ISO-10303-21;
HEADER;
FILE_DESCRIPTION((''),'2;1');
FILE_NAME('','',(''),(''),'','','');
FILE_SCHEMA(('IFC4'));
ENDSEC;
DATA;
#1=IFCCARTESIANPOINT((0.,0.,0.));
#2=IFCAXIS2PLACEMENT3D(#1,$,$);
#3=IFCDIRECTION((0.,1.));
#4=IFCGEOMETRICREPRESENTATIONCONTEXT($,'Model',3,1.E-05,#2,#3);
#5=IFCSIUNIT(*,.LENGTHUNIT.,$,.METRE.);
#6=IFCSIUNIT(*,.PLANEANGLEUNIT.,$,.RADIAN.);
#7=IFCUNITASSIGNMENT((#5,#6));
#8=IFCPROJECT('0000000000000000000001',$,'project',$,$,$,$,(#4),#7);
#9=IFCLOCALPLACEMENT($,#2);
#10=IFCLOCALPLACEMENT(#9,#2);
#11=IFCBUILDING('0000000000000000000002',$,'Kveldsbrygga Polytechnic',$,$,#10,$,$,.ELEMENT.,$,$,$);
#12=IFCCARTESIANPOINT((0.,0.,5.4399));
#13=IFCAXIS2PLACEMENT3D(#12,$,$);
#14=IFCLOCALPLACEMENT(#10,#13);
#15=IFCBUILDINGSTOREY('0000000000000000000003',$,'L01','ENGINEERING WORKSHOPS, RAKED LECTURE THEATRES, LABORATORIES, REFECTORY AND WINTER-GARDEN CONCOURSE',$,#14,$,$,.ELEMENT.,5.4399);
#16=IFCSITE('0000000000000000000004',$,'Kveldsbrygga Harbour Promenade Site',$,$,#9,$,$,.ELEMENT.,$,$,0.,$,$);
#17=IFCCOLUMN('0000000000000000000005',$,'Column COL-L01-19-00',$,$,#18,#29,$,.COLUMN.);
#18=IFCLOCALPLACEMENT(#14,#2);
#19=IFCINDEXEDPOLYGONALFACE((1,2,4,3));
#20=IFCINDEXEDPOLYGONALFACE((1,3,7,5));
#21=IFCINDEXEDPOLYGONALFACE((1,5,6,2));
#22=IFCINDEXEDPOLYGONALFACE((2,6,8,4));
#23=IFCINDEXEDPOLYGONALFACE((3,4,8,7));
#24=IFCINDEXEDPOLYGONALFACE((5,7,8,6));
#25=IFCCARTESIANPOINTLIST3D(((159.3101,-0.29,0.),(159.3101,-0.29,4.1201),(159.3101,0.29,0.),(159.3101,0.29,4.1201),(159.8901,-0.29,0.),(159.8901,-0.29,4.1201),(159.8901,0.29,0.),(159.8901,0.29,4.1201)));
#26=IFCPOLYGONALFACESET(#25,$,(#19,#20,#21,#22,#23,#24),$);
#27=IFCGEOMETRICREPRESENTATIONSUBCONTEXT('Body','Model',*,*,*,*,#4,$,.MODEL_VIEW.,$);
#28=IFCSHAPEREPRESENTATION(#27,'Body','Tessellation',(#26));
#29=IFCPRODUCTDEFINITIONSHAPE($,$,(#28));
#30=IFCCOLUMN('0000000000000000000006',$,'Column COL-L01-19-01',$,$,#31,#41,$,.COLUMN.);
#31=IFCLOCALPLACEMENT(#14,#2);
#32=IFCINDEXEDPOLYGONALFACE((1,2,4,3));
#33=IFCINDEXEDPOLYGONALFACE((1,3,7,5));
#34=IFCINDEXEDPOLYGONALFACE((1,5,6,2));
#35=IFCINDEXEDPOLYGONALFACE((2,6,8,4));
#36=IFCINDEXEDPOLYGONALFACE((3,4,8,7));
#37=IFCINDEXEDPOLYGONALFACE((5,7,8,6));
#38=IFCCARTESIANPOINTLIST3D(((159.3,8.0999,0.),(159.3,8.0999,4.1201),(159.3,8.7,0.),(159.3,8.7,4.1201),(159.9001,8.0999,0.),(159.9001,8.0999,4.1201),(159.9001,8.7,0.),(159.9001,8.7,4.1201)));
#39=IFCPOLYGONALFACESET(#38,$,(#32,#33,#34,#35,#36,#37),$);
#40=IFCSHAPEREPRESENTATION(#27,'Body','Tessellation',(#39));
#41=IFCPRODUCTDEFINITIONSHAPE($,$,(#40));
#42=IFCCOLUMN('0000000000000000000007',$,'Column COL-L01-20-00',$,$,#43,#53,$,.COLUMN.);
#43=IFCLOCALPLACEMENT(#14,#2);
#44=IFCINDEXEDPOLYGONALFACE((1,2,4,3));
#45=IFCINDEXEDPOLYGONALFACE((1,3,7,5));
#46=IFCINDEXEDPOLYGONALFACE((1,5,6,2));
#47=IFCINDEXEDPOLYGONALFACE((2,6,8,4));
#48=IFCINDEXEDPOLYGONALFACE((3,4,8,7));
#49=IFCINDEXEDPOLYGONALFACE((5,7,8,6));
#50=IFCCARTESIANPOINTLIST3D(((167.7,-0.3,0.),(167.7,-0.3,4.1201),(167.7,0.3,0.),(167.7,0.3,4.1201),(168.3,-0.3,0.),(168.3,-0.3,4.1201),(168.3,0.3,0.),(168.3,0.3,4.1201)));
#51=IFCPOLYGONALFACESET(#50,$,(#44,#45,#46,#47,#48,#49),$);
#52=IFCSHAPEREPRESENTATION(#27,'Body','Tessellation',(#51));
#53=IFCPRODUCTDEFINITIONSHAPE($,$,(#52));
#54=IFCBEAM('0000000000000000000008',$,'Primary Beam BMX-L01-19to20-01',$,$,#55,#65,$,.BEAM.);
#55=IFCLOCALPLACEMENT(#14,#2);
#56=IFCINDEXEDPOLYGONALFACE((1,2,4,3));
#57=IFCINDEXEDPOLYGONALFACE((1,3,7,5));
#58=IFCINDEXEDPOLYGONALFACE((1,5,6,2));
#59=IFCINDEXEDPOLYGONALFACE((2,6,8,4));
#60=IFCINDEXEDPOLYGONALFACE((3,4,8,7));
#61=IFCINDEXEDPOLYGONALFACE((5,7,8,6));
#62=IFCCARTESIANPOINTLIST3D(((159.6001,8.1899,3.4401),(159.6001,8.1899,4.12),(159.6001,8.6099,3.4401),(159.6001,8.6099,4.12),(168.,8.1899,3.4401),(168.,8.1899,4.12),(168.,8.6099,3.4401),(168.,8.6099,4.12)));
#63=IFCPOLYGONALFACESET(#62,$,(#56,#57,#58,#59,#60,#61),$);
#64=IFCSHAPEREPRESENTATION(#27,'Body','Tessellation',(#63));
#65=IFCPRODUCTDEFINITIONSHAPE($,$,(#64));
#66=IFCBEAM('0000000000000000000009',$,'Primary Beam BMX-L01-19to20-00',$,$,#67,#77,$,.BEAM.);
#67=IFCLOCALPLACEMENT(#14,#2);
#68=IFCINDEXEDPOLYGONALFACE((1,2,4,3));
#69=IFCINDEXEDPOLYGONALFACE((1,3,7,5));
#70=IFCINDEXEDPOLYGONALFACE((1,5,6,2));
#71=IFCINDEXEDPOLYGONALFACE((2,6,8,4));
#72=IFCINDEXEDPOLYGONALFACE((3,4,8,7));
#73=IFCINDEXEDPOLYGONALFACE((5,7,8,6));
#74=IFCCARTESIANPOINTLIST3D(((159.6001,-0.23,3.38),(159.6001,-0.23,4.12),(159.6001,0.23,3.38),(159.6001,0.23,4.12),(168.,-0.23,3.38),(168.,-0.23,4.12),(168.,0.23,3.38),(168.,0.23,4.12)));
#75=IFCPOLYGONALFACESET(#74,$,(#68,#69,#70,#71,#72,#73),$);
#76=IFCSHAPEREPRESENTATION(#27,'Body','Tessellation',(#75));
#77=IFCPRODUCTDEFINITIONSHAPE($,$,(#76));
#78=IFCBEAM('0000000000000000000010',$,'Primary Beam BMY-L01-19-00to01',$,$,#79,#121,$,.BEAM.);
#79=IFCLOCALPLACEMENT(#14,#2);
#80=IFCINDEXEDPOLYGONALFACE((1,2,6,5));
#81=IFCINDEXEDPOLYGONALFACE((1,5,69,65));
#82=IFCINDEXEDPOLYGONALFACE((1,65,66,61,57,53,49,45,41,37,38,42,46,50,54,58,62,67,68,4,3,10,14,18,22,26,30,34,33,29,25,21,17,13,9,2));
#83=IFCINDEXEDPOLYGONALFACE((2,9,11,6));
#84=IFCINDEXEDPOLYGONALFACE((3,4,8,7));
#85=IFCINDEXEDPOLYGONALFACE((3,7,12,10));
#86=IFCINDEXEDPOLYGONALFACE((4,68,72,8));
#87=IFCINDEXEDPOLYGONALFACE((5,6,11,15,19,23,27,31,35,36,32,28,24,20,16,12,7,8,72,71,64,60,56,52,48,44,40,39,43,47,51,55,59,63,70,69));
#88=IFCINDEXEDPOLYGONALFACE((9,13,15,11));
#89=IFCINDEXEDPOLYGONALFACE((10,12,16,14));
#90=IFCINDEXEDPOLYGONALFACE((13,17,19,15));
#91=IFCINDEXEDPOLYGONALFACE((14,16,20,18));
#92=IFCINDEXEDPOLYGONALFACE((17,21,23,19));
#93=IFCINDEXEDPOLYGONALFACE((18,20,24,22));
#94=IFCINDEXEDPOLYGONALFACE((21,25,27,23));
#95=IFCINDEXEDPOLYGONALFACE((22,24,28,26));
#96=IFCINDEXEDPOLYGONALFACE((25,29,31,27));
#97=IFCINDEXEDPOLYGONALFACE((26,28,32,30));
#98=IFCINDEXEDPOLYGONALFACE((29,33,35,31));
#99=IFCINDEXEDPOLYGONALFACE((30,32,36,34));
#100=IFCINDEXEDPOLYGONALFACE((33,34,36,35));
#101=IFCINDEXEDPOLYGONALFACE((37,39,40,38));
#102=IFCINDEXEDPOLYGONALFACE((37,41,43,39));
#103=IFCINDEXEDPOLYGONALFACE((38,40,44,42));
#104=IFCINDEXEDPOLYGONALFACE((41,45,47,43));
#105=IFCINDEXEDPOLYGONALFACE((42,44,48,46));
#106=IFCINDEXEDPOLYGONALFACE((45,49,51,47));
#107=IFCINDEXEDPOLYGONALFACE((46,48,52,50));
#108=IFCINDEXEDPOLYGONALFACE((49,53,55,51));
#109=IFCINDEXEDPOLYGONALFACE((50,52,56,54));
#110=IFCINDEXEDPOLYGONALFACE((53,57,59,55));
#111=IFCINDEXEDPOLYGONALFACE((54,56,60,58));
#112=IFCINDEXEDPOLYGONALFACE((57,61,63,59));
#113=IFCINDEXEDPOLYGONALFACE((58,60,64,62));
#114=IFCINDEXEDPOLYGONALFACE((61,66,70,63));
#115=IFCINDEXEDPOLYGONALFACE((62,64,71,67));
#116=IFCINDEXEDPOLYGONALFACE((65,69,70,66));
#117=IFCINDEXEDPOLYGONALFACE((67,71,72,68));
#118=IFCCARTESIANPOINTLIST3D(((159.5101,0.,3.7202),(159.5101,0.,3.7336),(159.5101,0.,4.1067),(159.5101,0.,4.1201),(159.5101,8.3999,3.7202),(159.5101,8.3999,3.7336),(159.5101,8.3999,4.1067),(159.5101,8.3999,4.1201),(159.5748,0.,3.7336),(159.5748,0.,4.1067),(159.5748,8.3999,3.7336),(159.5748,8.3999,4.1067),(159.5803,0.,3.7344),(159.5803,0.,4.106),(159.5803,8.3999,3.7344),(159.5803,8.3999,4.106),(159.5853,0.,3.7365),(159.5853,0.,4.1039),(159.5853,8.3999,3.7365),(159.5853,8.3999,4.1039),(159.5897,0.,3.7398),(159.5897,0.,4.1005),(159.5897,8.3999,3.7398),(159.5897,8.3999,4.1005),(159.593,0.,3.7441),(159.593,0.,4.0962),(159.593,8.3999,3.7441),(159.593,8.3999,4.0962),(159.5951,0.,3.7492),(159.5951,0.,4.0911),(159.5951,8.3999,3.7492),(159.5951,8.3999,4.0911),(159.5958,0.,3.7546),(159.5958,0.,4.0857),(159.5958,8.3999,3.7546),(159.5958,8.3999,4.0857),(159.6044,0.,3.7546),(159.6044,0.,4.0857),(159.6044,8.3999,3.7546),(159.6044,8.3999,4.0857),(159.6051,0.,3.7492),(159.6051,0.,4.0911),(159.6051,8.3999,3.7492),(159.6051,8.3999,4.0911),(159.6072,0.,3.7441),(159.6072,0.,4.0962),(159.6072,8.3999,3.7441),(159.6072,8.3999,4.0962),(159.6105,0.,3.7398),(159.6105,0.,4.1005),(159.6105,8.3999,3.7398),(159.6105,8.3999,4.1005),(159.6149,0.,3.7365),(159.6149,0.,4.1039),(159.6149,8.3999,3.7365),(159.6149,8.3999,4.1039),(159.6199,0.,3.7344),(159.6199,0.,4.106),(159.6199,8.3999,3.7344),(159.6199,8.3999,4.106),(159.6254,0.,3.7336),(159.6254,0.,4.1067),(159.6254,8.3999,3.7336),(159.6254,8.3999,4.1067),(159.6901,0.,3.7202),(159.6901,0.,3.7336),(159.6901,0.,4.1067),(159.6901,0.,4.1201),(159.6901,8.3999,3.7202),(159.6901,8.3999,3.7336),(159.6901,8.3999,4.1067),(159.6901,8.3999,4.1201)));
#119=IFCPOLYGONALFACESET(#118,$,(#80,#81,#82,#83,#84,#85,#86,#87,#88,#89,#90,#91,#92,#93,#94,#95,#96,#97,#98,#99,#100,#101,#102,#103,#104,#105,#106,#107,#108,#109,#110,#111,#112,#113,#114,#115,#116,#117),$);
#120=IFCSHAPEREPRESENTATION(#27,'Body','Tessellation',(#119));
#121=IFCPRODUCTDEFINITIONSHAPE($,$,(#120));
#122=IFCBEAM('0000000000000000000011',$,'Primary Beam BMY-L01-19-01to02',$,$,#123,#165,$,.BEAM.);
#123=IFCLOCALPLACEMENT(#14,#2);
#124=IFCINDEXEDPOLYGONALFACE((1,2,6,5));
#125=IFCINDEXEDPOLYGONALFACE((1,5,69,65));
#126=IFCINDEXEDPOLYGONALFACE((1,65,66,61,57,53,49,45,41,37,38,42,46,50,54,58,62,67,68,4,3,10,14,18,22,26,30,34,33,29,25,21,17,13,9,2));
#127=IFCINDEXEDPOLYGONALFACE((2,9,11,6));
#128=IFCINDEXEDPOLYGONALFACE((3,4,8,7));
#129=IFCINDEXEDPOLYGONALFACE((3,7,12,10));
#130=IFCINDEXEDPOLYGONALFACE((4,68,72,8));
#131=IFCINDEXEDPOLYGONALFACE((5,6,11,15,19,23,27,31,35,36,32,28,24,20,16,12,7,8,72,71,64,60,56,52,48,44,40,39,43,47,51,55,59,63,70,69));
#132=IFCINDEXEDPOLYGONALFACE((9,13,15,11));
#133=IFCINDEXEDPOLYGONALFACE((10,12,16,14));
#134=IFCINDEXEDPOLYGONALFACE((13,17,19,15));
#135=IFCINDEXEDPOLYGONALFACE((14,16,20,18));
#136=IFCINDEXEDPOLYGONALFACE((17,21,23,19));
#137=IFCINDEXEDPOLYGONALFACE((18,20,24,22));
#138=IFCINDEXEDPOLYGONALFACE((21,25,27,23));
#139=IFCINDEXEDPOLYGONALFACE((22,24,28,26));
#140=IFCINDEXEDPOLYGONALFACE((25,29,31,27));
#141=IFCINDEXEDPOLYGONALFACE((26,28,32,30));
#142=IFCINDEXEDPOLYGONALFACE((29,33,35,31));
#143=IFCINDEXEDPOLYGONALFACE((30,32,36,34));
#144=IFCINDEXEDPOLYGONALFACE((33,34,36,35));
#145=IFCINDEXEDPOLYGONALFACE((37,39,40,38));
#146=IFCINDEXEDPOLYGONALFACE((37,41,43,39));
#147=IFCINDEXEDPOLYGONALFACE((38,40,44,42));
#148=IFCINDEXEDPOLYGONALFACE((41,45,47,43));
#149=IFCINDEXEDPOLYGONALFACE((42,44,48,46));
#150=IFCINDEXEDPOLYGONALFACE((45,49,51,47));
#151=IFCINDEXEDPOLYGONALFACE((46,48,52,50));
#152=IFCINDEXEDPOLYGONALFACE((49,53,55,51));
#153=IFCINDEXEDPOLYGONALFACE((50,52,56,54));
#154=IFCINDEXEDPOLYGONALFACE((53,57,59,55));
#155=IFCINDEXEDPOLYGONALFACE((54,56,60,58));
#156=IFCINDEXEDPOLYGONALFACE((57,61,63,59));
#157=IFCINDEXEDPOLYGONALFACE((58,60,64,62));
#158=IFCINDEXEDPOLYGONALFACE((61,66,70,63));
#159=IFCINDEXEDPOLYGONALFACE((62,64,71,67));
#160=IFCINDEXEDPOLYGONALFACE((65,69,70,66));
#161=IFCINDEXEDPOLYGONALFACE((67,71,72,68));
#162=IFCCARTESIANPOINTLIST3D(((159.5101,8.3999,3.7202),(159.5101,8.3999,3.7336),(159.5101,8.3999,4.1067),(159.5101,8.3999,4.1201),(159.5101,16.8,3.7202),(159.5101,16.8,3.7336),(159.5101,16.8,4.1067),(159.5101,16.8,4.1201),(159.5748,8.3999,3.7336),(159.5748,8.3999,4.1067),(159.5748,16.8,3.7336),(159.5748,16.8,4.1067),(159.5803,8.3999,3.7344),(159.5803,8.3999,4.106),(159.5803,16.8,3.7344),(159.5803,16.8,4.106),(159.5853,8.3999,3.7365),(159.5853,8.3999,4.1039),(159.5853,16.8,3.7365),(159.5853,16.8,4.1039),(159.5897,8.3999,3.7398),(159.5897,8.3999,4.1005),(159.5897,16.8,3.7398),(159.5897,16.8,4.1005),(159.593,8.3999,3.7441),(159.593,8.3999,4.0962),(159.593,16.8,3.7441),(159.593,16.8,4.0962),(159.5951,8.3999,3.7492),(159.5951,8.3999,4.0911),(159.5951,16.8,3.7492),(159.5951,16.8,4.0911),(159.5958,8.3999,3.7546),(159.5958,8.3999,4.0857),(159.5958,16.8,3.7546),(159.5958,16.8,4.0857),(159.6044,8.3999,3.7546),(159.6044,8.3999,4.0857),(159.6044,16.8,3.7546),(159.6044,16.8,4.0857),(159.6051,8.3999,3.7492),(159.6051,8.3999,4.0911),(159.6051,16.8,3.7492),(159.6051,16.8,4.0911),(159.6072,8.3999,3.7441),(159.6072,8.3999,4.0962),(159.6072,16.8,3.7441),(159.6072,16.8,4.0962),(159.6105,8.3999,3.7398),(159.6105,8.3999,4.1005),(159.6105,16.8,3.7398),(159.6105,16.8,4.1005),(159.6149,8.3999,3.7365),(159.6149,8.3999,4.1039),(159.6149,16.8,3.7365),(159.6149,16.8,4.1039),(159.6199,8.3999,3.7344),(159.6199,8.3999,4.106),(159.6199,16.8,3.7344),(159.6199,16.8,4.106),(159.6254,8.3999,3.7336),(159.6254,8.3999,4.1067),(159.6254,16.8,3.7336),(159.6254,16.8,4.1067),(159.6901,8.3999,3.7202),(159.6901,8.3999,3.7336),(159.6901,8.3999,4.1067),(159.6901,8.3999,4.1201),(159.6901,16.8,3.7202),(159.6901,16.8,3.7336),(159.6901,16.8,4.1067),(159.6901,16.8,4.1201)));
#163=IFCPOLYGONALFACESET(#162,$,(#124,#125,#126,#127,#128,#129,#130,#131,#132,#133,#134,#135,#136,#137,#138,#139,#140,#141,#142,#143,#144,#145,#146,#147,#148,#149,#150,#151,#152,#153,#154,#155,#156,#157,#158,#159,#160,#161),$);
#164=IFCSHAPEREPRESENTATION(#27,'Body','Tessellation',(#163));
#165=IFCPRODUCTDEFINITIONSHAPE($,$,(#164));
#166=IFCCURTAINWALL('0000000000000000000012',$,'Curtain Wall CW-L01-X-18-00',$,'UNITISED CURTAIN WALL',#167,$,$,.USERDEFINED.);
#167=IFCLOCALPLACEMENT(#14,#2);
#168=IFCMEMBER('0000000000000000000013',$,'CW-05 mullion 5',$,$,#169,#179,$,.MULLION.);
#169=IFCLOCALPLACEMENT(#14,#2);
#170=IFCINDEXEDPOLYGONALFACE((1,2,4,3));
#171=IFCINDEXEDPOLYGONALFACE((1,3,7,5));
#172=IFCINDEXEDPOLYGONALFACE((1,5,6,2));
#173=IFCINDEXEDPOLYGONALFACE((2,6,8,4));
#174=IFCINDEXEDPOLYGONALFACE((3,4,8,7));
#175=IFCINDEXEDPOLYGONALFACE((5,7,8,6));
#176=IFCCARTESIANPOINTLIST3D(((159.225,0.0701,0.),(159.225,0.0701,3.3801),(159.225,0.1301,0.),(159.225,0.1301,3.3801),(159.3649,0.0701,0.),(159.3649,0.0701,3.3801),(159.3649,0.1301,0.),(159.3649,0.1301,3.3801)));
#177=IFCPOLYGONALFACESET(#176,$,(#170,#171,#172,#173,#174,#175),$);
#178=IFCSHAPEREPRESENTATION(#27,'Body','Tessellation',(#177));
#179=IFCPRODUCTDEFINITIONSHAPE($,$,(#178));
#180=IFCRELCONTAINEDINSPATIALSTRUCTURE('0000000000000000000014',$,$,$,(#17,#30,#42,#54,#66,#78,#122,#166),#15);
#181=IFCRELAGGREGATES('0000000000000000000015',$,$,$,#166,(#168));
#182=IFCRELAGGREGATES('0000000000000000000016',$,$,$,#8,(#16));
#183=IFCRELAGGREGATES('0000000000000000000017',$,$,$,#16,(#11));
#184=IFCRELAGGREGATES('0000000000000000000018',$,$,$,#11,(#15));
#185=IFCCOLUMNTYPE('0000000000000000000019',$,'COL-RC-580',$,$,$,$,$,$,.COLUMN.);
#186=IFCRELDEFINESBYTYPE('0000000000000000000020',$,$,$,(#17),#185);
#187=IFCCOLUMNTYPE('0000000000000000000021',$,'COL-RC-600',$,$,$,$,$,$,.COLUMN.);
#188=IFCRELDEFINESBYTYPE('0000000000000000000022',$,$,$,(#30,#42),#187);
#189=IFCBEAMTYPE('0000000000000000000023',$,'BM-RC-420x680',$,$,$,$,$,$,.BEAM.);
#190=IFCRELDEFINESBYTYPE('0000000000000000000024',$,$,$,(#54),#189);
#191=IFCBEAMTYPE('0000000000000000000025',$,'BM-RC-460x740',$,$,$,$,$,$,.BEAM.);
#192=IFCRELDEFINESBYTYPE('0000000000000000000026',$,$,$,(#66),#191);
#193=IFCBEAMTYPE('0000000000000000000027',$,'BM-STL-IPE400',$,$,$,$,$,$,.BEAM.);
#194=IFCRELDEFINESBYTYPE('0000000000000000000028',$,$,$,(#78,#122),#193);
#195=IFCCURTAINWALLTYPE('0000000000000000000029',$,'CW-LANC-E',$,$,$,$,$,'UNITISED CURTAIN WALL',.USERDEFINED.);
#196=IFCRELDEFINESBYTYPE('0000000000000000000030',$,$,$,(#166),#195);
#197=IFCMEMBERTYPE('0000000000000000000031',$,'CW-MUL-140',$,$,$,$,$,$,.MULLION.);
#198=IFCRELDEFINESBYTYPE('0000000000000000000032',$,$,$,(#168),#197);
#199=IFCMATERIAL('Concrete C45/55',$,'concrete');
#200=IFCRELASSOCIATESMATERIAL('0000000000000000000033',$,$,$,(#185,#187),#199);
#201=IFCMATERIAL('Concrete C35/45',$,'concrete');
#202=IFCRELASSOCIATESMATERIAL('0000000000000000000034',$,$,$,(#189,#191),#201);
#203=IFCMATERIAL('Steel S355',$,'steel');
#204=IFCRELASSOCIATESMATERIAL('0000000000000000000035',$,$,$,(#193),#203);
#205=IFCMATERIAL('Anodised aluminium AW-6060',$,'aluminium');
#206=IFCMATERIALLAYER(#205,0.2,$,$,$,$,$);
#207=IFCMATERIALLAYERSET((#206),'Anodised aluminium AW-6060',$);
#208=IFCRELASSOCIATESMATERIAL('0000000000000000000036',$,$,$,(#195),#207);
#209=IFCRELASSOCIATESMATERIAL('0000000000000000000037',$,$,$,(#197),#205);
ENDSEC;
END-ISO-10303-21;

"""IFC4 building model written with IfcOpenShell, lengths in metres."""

from ifc_helpers import new_model, si_unit, direction, frame, origin, origin_2d, place, context, subcontext, project, spatial, rectangle, i_section, extrude, material, layer, layer_set, material_profile, profile_set, type_object, element, aggregate, save


model = new_model("IFC4")

# Units and contexts
model_context = context("Model", 3, precision=1e-05, world=origin(), true_north=direction((0.0, 1.0)))
body_context = subcontext(model_context, "Body", "Model", "MODEL_VIEW")
ifc_project = project(units=[si_unit("LENGTHUNIT", "METRE"), si_unit("PLANEANGLEUNIT", "RADIAN")], contexts=[model_context])

# Site, building, storey
site_placement = place(None, origin())
site = spatial("IfcSite", under=ifc_project, at=site_placement, Name="Kveldsbrygga Harbour Promenade Site", CompositionType="ELEMENT", RefElevation=0.0)
building_placement = place(site_placement, origin())
building = spatial("IfcBuilding", under=site, at=building_placement, Name="Kveldsbrygga Polytechnic", CompositionType="ELEMENT")
storey_placement = place(building_placement, frame((0.0, 0.0, 5.4399)))
storey = spatial("IfcBuildingStorey", under=building, at=storey_placement, Name="L01", Description="ENGINEERING WORKSHOPS, RAKED LECTURE THEATRES, LABORATORIES, REFECTORY AND WINTER-GARDEN CONCOURSE", CompositionType="ELEMENT", Elevation=5.4399)

# Columns
ifc_material_1 = material(Name="Concrete C45/55", Category="concrete")
ifc_material_profile_1 = material_profile(ifc_material_1, rectangle(XDim=0.5801, YDim=0.5801, at=origin_2d()), Name="RC 580x580")
ifc_profile_set_1 = profile_set([ifc_material_profile_1], Name="Concrete C45/55")
column_type_1 = type_object("IfcColumnType", Name="COL-RC-580", PredefinedType="COLUMN", material=ifc_profile_set_1)
column_placement = place(storey_placement, frame((159.6001, 0.0, 0.0), z_axis=(0.0, 0.0, 1.0), x_axis=(1.0, 0.0, 0.0)))
element("IfcColumn", 1, at=column_placement, inside=storey, type_object=column_type_1, Name="Column COL-L01-19-00", PredefinedType="COLUMN", context=body_context, shape_type="SweptSolid", body=[
    extrude(rectangle(XDim=0.5801, YDim=0.5801, at=origin_2d()), origin(), (0.0, 0.0, 1.0), 4.1201),
])
ifc_material_profile_2 = material_profile(ifc_material_1, rectangle(XDim=0.6001, YDim=0.6001, at=origin_2d()), Name="RC 600x600")
ifc_profile_set_2 = profile_set([ifc_material_profile_2], Name="Concrete C45/55")
column_type_2 = type_object("IfcColumnType", Name="COL-RC-600", PredefinedType="COLUMN", material=ifc_profile_set_2)
for number, where, z_axis, x_axis, name in (
    (2, (159.6001, 8.3999, 0.0), (0.0, 0.0, 1.0), (1.0, 0.0, 0.0), "Column COL-L01-19-01"),
    (3, (168.0, 0.0, 0.0), (0.0, 0.0, 1.0), (1.0, 0.0, 0.0), "Column COL-L01-20-00"),
):
    element("IfcColumn", number, at=place(storey_placement, frame(where, z_axis=z_axis, x_axis=x_axis)), inside=storey, type_object=column_type_2, Name=name, PredefinedType="COLUMN", context=body_context, shape_type="SweptSolid", body=[
        extrude(rectangle(XDim=0.6001, YDim=0.6001, at=origin_2d()), origin(), (0.0, 0.0, 1.0), 4.1201),
    ])

# Beams
ifc_material_2 = material(Name="Concrete C35/45", Category="concrete")
ifc_material_profile_3 = material_profile(ifc_material_2, rectangle(XDim=0.4199, YDim=0.6799, at=origin_2d()), Name="RC 420x680")
ifc_profile_set_3 = profile_set([ifc_material_profile_3], Name="Concrete C35/45")
beam_type_1 = type_object("IfcBeamType", Name="BM-RC-420x680", PredefinedType="BEAM", material=ifc_profile_set_3)
beam_1_placement = place(storey_placement, frame((159.6001, 8.3999, 3.78), z_axis=(1.0, 0.0, 0.0), x_axis=(0.0, 1.0, 0.0)))
element("IfcBeam", 4, at=beam_1_placement, inside=storey, type_object=beam_type_1, Name="Primary Beam BMX-L01-19to20-01", PredefinedType="BEAM", context=body_context, shape_type="SweptSolid", body=[
    extrude(rectangle(XDim=0.4199, YDim=0.6799, at=origin_2d()), origin(), (0.0, 0.0, 1.0), 8.3999),
])
ifc_material_profile_4 = material_profile(ifc_material_2, rectangle(XDim=0.46, YDim=0.74, at=origin_2d()), Name="RC 460x740")
ifc_profile_set_4 = profile_set([ifc_material_profile_4], Name="Concrete C35/45")
beam_type_2 = type_object("IfcBeamType", Name="BM-RC-460x740", PredefinedType="BEAM", material=ifc_profile_set_4)
beam_2_placement = place(storey_placement, frame((159.6001, 0.0, 3.75), z_axis=(1.0, 0.0, 0.0), x_axis=(0.0, 1.0, 0.0)))
element("IfcBeam", 5, at=beam_2_placement, inside=storey, type_object=beam_type_2, Name="Primary Beam BMX-L01-19to20-00", PredefinedType="BEAM", context=body_context, shape_type="SweptSolid", body=[
    extrude(rectangle(XDim=0.46, YDim=0.74, at=origin_2d()), origin(), (0.0, 0.0, 1.0), 8.3999),
])
ifc_material_3 = material(Name="Steel S355", Category="steel")
ifc_material_profile_5 = material_profile(ifc_material_3, i_section(OverallWidth=0.1799, OverallDepth=0.3999, WebThickness=0.0085, FlangeThickness=0.0134, FilletRadius=0.021, at=origin_2d()), Name="IPE 400")
ifc_profile_set_5 = profile_set([ifc_material_profile_5], Name="Steel S355")
beam_type_3 = type_object("IfcBeamType", Name="BM-STL-IPE400", PredefinedType="BEAM", material=ifc_profile_set_5)
beam_3_placement = place(storey_placement, frame((159.6001, 0.0, 3.9202), z_axis=(0.0, 1.0, 0.0), x_axis=(-1.0, 0.0, 0.0)))
element("IfcBeam", 6, at=beam_3_placement, inside=storey, type_object=beam_type_3, Name="Primary Beam BMY-L01-19-00to01", PredefinedType="BEAM", context=body_context, shape_type="SweptSolid", body=[
    extrude(i_section(OverallWidth=0.1799, OverallDepth=0.3999, WebThickness=0.0085, FlangeThickness=0.0134, FilletRadius=0.021, at=origin_2d()), origin(), (0.0, 0.0, 1.0), 8.3999),
])
beam_4_placement = place(storey_placement, frame((159.6001, 8.3999, 3.9202), z_axis=(0.0, 1.0, 0.0), x_axis=(-1.0, 0.0, 0.0)))
element("IfcBeam", 7, at=beam_4_placement, inside=storey, type_object=beam_type_3, Name="Primary Beam BMY-L01-19-01to02", PredefinedType="BEAM", context=body_context, shape_type="SweptSolid", body=[
    extrude(i_section(OverallWidth=0.1799, OverallDepth=0.3999, WebThickness=0.0085, FlangeThickness=0.0134, FilletRadius=0.021, at=origin_2d()), origin(), (0.0, 0.0, 1.0), 8.4001),
])

# Curtain wall, member
ifc_material_4 = material(Name="Anodised aluminium AW-6060", Category="aluminium")
ifc_layer_1 = layer(ifc_material_4, 0.2)
ifc_layer_set_1 = layer_set([ifc_layer_1], Name="Anodised aluminium AW-6060")
curtain_wall_type = type_object("IfcCurtainWallType", Name="CW-LANC-E", ElementType="UNITISED CURTAIN WALL", PredefinedType="USERDEFINED", material=ifc_layer_set_1)
curtain_wall_placement = place(storey_placement, origin())
curtain_wall = element("IfcCurtainWall", 8, at=curtain_wall_placement, inside=storey, type_object=curtain_wall_type, Name="Curtain Wall CW-L01-X-18-00", ObjectType="UNITISED CURTAIN WALL", PredefinedType="USERDEFINED")
ifc_material_profile_6 = material_profile(ifc_material_4, rectangle(XDim=0.0601, YDim=0.1399, at=origin_2d()), Name="ALU 60x140")
ifc_profile_set_6 = profile_set([ifc_material_profile_6], Name="Anodised aluminium AW-6060")
member_type = type_object("IfcMemberType", Name="CW-MUL-140", PredefinedType="MULLION", material=ifc_profile_set_6)
member_placement = place(storey_placement, frame((159.2949, 0.1001, 0.0), z_axis=(0.0, 0.0, 1.0), x_axis=(0.0, 1.0, 0.0)))
member = element("IfcMember", 9, at=member_placement, type_object=member_type, Name="CW-05 mullion 5", PredefinedType="MULLION", context=body_context, shape_type="SweptSolid", body=[
    extrude(rectangle(XDim=0.0601, YDim=0.1399, at=origin_2d()), origin(), (0.0, 0.0, 1.0), 3.3801),
])
aggregate(curtain_wall, [member])

save(model, "model.ifc")
